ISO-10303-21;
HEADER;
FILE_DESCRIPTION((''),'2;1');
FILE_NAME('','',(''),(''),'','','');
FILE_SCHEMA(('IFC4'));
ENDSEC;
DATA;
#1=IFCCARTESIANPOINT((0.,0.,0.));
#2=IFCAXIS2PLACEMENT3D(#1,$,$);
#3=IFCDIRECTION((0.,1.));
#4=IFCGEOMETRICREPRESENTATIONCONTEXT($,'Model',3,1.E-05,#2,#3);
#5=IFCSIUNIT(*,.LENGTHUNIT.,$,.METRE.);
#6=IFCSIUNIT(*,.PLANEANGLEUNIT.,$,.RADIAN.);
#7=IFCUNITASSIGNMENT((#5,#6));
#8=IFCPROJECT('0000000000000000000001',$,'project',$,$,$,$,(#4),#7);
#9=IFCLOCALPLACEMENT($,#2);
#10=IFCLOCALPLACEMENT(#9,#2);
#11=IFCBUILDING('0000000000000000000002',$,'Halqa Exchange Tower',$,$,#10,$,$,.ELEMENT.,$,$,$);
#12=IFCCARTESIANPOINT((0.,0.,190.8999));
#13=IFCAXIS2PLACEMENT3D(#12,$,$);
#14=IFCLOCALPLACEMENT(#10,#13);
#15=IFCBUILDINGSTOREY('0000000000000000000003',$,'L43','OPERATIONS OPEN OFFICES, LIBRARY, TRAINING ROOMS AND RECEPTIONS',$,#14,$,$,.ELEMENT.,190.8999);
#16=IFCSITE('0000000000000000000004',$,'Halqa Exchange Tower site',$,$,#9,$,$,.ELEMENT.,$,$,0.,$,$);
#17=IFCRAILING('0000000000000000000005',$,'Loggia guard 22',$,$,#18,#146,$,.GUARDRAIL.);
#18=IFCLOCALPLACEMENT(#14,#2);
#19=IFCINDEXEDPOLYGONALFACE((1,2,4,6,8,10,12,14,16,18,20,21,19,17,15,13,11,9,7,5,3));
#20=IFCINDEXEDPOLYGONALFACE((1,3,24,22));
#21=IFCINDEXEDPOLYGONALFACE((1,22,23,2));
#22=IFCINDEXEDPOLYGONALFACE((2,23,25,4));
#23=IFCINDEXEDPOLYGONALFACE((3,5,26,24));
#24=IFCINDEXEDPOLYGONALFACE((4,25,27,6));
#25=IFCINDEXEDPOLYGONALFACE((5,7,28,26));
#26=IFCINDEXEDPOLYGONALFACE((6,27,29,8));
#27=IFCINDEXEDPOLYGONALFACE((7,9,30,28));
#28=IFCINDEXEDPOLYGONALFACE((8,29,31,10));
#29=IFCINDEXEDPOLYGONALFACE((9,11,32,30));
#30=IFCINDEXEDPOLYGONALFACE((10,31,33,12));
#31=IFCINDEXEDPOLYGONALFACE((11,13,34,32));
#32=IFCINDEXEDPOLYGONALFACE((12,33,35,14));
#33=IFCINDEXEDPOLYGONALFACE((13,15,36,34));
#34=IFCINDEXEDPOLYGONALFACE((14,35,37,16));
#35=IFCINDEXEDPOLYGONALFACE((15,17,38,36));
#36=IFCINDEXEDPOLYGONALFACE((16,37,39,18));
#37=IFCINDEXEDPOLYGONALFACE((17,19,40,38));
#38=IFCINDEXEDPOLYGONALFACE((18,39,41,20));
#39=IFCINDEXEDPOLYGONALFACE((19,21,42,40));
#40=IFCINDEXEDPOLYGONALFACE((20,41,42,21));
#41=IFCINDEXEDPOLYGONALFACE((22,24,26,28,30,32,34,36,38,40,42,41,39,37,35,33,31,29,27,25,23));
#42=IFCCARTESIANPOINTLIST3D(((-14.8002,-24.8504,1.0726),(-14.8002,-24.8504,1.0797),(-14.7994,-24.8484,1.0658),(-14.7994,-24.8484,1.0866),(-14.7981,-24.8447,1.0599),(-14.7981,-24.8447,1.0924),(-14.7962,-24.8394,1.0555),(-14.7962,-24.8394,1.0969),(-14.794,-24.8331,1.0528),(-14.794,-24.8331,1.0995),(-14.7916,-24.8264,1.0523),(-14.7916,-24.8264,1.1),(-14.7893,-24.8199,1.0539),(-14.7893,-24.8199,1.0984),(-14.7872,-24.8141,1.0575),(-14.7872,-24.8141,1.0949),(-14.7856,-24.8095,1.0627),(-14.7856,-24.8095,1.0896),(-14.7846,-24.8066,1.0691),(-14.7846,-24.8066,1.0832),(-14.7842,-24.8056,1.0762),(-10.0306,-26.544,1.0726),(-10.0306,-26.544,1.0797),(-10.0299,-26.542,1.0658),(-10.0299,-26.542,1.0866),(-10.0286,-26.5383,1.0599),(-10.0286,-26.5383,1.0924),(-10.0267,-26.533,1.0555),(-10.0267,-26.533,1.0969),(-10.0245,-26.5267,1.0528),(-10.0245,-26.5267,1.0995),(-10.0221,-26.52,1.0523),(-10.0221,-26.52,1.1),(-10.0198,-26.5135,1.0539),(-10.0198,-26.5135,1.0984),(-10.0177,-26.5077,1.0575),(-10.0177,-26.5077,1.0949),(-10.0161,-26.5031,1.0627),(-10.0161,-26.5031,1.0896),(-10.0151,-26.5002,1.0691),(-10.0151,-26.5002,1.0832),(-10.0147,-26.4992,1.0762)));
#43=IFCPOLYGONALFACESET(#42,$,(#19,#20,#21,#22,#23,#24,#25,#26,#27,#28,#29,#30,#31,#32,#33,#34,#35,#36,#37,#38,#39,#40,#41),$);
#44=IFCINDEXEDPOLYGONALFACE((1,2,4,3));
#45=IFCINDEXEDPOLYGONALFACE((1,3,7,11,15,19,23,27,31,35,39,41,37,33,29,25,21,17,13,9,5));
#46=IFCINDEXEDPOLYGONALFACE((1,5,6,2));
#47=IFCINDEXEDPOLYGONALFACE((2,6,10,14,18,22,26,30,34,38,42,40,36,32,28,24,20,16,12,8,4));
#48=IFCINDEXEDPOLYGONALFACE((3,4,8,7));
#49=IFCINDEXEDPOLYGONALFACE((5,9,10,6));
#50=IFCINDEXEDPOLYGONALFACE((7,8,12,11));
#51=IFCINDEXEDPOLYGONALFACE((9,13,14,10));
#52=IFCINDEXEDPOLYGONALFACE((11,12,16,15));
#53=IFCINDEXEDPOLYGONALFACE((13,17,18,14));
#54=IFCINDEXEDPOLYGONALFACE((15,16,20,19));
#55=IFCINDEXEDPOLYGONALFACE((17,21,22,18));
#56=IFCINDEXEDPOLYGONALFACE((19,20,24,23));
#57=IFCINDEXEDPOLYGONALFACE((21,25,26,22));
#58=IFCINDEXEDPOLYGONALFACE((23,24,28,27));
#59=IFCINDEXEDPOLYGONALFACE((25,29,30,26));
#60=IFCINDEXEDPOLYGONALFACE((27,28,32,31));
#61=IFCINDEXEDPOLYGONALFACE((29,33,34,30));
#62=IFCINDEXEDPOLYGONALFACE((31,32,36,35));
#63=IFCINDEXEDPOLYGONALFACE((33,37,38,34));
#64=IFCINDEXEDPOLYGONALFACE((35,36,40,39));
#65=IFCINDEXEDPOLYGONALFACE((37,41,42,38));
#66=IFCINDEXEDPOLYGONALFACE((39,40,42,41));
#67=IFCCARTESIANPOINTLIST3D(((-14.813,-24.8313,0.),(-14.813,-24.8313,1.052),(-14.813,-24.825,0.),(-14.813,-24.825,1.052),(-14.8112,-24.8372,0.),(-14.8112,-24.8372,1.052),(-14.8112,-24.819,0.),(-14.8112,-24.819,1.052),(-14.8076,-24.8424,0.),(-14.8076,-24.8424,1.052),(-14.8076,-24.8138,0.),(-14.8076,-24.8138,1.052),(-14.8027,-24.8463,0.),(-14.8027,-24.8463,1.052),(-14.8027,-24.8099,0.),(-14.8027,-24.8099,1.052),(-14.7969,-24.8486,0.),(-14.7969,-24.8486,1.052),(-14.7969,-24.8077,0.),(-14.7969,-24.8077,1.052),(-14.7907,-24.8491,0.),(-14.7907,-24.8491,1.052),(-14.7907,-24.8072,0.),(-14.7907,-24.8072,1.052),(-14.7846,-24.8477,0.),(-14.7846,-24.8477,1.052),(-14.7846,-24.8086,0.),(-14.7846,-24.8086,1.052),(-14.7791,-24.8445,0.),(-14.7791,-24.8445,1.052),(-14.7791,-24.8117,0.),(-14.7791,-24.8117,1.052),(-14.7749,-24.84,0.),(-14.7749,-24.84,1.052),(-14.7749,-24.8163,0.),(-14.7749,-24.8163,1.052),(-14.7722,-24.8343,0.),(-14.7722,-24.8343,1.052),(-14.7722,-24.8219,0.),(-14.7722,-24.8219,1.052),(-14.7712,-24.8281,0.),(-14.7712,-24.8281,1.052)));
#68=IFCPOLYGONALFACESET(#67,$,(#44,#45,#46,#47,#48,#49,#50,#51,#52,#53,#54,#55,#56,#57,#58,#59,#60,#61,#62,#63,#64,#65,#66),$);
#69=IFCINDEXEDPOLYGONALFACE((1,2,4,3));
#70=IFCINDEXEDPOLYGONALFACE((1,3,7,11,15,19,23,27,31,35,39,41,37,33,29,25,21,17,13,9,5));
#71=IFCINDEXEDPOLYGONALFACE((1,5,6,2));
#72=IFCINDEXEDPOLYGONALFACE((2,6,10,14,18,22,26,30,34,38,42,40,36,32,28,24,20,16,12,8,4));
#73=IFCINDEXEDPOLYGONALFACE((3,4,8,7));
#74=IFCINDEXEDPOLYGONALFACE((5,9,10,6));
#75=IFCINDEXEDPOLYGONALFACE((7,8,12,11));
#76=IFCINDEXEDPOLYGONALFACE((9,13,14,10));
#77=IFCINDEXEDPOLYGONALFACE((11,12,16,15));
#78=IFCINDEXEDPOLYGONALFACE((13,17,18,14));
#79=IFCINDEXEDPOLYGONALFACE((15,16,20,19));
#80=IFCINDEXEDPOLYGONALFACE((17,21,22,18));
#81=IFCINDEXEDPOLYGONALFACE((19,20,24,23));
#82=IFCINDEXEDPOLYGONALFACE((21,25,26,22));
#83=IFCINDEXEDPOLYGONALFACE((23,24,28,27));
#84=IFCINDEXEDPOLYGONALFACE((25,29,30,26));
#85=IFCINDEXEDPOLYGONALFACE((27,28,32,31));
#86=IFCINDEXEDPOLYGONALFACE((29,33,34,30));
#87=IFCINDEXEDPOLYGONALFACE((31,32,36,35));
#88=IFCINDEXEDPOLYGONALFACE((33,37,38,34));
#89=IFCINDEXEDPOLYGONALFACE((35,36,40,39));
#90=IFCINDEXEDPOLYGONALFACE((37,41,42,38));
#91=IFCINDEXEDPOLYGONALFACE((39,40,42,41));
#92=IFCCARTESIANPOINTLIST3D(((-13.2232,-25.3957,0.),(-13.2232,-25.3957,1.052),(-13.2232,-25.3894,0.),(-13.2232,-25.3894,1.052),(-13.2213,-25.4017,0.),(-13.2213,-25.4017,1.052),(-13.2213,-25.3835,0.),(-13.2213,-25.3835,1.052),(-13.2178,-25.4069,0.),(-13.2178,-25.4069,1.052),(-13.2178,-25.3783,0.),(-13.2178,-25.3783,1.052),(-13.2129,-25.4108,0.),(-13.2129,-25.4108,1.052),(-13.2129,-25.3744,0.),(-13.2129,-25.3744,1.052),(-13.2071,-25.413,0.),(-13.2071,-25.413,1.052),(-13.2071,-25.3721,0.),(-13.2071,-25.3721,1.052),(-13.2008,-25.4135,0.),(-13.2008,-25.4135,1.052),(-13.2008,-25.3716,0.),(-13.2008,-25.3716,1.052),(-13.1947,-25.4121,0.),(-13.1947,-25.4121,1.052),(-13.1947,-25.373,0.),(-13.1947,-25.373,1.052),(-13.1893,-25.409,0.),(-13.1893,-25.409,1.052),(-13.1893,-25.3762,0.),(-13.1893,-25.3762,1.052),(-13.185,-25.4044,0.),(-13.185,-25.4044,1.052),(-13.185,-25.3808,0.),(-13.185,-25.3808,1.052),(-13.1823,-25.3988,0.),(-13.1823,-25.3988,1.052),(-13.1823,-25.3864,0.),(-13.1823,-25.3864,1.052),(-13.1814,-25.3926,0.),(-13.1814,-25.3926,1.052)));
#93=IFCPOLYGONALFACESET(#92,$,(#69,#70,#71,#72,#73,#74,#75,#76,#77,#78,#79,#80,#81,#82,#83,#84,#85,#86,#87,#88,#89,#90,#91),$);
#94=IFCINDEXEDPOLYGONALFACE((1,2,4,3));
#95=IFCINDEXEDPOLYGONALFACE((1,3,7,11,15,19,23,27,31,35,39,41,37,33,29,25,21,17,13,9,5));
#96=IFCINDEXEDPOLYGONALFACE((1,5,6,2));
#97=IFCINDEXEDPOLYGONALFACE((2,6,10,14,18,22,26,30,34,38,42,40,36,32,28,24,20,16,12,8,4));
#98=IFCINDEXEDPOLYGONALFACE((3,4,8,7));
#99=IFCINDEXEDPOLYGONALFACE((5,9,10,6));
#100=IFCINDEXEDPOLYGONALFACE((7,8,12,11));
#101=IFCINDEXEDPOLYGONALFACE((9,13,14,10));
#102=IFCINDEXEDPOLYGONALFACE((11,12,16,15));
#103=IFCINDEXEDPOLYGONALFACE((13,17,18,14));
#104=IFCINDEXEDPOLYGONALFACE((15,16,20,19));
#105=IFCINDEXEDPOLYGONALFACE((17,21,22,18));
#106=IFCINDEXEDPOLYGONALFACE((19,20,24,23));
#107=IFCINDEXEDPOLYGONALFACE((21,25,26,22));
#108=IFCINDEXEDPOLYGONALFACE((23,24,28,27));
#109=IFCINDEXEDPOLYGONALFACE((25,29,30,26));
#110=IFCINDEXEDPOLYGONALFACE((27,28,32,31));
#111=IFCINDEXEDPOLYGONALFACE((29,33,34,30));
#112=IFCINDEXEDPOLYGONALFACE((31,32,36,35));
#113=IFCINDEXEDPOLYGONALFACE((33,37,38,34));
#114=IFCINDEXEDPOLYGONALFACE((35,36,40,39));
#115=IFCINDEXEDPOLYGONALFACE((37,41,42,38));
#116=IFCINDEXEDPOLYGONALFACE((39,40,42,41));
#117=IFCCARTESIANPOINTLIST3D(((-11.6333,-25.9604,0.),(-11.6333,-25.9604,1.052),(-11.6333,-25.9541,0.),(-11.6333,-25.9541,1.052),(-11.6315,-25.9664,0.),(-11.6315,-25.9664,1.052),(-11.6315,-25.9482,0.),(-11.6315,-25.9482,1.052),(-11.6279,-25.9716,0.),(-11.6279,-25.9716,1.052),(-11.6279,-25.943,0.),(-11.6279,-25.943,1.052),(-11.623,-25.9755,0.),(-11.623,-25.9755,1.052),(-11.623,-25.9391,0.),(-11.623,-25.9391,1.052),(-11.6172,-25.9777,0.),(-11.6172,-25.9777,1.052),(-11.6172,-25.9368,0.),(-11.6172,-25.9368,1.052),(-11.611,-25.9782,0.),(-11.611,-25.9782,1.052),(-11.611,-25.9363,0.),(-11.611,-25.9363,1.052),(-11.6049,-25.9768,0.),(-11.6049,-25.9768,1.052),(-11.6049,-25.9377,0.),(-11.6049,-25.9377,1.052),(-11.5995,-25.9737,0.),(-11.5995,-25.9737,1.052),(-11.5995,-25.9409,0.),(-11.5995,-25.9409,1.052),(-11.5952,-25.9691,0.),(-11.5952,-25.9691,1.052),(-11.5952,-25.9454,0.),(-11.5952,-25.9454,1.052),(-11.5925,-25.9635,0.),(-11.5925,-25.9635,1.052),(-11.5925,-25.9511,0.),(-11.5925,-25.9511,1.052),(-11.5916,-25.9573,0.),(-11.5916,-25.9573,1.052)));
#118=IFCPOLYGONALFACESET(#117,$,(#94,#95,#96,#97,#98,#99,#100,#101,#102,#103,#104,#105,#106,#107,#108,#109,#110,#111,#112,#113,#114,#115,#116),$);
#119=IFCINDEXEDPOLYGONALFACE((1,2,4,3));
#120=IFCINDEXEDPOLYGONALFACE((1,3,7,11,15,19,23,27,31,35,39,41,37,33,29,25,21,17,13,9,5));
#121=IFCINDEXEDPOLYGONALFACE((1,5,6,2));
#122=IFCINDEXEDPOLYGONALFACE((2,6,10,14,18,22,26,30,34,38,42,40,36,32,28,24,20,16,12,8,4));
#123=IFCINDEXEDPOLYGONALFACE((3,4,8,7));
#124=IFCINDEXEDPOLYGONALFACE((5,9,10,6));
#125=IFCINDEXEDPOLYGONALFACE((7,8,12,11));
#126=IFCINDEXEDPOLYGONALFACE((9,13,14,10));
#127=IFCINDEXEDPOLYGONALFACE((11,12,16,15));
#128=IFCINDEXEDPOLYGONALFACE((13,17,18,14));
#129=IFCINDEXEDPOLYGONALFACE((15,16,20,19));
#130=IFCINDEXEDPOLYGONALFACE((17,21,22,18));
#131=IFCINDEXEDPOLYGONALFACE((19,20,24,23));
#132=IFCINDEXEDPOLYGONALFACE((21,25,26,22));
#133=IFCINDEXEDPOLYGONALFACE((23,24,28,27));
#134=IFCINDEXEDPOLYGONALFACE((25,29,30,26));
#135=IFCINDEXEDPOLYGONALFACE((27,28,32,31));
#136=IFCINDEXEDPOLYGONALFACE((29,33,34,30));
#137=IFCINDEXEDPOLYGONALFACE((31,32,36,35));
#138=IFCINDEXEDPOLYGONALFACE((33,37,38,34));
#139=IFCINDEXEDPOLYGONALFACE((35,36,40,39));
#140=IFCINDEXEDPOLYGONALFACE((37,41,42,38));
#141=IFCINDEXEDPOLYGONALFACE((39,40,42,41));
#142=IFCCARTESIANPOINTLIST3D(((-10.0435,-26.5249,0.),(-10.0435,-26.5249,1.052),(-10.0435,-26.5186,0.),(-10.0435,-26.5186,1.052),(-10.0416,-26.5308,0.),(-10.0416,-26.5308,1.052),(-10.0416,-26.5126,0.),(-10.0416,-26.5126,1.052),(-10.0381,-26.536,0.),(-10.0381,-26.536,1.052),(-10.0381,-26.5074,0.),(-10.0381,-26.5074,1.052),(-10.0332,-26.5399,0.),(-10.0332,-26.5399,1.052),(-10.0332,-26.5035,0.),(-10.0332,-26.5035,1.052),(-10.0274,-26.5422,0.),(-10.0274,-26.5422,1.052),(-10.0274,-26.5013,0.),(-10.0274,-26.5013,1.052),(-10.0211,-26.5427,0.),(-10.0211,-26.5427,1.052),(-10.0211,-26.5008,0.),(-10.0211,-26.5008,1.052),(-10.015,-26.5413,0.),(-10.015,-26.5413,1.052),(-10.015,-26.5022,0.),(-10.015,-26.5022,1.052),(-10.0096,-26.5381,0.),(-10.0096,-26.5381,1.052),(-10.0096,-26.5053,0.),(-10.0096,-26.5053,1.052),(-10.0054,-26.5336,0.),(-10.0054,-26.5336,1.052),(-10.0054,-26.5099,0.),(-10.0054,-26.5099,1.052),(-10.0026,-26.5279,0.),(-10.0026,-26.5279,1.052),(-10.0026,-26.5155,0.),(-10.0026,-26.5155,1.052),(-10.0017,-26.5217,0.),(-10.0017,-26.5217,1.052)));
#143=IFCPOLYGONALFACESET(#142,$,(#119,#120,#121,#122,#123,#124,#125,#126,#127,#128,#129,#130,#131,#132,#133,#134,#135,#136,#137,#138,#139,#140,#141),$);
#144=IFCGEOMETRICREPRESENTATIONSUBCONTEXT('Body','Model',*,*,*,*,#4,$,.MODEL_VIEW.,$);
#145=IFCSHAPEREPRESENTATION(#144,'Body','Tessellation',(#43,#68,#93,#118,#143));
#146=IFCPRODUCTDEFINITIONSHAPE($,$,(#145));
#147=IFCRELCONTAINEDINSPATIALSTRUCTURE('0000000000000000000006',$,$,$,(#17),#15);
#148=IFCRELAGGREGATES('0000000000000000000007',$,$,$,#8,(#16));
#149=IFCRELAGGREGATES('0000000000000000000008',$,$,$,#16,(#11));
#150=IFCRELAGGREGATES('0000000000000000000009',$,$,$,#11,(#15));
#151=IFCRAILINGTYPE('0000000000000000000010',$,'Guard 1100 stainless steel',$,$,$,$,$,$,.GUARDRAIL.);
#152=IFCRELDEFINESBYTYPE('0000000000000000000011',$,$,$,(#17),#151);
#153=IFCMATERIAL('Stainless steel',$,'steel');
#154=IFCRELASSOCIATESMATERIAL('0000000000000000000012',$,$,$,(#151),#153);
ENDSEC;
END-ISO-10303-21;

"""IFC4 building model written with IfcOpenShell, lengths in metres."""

from ifc_helpers import new_model, si_unit, direction, frame, origin, origin_2d, place, context, subcontext, project, spatial, circle, extrude, material, type_object, element, save


model = new_model("IFC4")

# Units and contexts
model_context = context("Model", 3, precision=1e-05, world=origin(), true_north=direction((0.0, 1.0)))
body_context = subcontext(model_context, "Body", "Model", "MODEL_VIEW")
ifc_project = project(units=[si_unit("LENGTHUNIT", "METRE"), si_unit("PLANEANGLEUNIT", "RADIAN")], contexts=[model_context])

# Site, building, storey
site_placement = place(None, origin())
site = spatial("IfcSite", under=ifc_project, at=site_placement, Name="Halqa Exchange Tower site", CompositionType="ELEMENT", RefElevation=0.0)
building_placement = place(site_placement, origin())
building = spatial("IfcBuilding", under=site, at=building_placement, Name="Halqa Exchange Tower", CompositionType="ELEMENT")
storey_placement = place(building_placement, frame((0.0, 0.0, 190.8999)))
storey = spatial("IfcBuildingStorey", under=building, at=storey_placement, Name="L43", Description="OPERATIONS OPEN OFFICES, LIBRARY, TRAINING ROOMS AND RECEPTIONS", CompositionType="ELEMENT", Elevation=190.8999)

# Railing
ifc_material_1 = material(Name="Stainless steel", Category="steel")
railing_type = type_object("IfcRailingType", Name="Guard 1100 stainless steel", PredefinedType="GUARDRAIL", material=ifc_material_1)
railing_1_placement = place(storey_placement, frame((-14.7922, -24.8281, 0.0)))
element("IfcRailing", 1, at=railing_1_placement, inside=storey, type_object=railing_type, Name="Loggia guard 22", PredefinedType="GUARDRAIL", context=body_context, shape_type="SweptSolid", body=[
    extrude(circle(Radius=0.0239, at=origin_2d()), frame((0.0, 0.0, 1.0762), z_axis=(0.942354, -0.334619, 0.0), x_axis=(0.334619, 0.942354, 0.0)), (0.0, 0.0, 1.0), 5.0613),
    extrude(circle(Radius=0.021, at=origin_2d()), origin(), (0.0, 0.0, 1.0), 1.052),
    extrude(circle(Radius=0.021, at=origin_2d()), frame((1.5898, -0.5645, 0.0)), (0.0, 0.0, 1.0), 1.052),
    extrude(circle(Radius=0.021, at=origin_2d()), frame((3.1797, -1.1292, 0.0)), (0.0, 0.0, 1.0), 1.052),
    extrude(circle(Radius=0.021, at=origin_2d()), frame((4.7695, -1.6936, 0.0)), (0.0, 0.0, 1.0), 1.052),
])

save(model, "model.ifc")
